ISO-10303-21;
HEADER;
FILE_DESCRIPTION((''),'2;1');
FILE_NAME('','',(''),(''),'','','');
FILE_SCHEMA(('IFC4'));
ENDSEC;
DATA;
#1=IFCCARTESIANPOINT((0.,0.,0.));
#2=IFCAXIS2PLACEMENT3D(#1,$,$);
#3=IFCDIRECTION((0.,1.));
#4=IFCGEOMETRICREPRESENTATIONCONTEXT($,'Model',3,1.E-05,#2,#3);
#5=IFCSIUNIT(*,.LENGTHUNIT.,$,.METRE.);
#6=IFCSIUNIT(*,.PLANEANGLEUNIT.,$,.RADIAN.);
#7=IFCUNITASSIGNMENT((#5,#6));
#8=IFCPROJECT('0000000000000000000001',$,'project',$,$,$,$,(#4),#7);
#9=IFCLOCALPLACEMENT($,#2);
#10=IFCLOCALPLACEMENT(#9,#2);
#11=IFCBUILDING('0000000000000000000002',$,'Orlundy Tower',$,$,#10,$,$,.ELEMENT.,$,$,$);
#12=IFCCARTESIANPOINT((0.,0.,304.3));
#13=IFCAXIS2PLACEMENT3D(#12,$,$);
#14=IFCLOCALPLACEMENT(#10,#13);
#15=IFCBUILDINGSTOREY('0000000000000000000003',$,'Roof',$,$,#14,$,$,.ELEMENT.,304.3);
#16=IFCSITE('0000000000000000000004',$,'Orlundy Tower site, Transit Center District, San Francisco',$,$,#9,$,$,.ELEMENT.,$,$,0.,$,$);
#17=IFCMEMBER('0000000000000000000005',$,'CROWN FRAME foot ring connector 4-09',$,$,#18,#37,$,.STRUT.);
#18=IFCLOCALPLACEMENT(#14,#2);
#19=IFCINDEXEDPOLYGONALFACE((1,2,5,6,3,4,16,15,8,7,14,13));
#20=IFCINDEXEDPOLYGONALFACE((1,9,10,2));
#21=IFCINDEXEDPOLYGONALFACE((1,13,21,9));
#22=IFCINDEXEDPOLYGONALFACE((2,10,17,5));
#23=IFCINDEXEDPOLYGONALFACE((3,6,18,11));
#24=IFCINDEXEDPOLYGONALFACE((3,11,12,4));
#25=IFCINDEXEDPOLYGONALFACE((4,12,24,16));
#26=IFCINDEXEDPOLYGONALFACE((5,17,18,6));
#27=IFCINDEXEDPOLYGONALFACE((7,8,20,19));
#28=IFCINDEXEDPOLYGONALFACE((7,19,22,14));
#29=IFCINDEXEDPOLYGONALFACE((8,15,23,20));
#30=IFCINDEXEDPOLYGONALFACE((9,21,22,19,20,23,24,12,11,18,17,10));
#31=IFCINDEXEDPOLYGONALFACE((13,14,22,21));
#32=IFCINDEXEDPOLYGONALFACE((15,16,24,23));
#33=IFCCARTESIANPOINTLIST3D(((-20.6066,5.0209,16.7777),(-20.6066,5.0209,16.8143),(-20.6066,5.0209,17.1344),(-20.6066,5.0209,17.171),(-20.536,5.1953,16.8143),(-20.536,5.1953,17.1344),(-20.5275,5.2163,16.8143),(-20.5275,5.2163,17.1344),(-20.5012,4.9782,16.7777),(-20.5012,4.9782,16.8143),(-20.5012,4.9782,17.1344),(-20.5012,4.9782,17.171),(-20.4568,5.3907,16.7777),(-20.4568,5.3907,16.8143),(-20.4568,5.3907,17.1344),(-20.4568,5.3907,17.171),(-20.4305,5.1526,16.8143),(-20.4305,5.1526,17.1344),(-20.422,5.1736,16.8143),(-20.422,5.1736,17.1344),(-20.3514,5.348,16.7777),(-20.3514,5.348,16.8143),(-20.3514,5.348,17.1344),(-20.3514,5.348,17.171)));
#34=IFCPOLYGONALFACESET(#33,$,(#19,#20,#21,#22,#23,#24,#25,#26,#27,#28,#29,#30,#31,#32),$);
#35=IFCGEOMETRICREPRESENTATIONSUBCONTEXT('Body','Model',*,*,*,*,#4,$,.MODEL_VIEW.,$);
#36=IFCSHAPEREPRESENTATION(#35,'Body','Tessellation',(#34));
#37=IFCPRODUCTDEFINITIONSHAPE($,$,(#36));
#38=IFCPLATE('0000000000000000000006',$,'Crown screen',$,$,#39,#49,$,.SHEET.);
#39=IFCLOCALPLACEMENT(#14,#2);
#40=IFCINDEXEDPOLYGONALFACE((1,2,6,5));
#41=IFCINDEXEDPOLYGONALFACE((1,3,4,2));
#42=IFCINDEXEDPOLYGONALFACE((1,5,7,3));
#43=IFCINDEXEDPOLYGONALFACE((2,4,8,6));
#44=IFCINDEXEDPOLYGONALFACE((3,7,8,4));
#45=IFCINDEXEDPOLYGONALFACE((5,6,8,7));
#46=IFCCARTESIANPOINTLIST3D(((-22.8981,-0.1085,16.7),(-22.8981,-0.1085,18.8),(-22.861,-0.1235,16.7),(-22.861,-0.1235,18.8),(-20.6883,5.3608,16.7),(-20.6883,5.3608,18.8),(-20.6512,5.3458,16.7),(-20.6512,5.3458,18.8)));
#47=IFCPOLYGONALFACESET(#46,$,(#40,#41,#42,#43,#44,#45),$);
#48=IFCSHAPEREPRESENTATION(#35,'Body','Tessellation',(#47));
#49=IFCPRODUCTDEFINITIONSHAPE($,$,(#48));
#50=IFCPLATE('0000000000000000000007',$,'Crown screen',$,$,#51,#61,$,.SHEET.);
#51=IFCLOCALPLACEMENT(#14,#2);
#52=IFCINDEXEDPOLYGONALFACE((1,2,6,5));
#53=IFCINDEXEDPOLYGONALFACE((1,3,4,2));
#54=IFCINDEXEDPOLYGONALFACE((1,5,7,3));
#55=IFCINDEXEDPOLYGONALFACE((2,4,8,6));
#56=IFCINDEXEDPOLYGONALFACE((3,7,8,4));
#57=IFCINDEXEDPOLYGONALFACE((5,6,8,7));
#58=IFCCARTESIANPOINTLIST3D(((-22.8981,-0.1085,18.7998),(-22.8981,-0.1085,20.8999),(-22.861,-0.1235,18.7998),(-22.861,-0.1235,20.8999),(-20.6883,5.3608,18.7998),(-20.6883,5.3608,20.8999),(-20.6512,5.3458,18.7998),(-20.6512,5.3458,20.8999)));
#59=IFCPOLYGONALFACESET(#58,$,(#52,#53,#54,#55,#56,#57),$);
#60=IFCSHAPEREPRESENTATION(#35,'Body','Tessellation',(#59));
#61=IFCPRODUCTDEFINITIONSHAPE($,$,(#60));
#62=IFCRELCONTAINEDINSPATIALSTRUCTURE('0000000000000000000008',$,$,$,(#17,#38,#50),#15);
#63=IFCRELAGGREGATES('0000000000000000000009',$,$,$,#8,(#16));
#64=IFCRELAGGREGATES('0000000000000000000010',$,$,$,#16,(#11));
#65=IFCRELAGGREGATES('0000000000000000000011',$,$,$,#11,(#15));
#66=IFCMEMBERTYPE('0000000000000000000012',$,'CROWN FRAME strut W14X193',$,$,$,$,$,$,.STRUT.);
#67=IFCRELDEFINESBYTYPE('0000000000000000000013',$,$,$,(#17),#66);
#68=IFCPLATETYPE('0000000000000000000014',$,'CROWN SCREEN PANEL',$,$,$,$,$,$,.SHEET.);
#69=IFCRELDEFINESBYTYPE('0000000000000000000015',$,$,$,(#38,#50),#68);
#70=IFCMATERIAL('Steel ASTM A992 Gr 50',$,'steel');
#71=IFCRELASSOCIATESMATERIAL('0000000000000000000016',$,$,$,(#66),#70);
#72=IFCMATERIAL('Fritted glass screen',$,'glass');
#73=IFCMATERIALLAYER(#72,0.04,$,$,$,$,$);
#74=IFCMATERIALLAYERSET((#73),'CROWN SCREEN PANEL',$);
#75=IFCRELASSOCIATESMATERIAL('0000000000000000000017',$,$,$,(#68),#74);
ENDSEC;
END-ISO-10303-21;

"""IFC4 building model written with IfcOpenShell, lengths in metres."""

from ifc_helpers import new_model, si_unit, direction, frame, origin, origin_2d, place, context, subcontext, project, spatial, rectangle, i_section, extrude, material, layer, layer_set, material_profile, profile_set, type_object, element, save


model = new_model("IFC4")

# Units and contexts
model_context = context("Model", 3, precision=1e-05, world=origin(), true_north=direction((0.0, 1.0)))
body_context = subcontext(model_context, "Body", "Model", "MODEL_VIEW")
ifc_project = project(units=[si_unit("LENGTHUNIT", "METRE"), si_unit("PLANEANGLEUNIT", "RADIAN")], contexts=[model_context])

# Site, building, storey
site_placement = place(None, origin())
site = spatial("IfcSite", under=ifc_project, at=site_placement, Name="Orlundy Tower site, Transit Center District, San Francisco", CompositionType="ELEMENT", RefElevation=0.0)
building_placement = place(site_placement, origin())
building = spatial("IfcBuilding", under=site, at=building_placement, Name="Orlundy Tower", CompositionType="ELEMENT")
storey_placement = place(building_placement, frame((0.0, 0.0, 304.3)))
storey = spatial("IfcBuildingStorey", under=building, at=storey_placement, Name="Roof", CompositionType="ELEMENT", Elevation=304.3)

# Member
ifc_material_1 = material(Name="Steel ASTM A992 Gr 50", Category="steel")
ifc_material_profile_1 = material_profile(ifc_material_1, i_section(OverallWidth=0.3989, OverallDepth=0.3933, WebThickness=0.0227, FlangeThickness=0.0366, at=origin_2d()), Name="W14X193")
ifc_profile_set_1 = profile_set([ifc_material_profile_1], Name="Steel ASTM A992 Gr 50")
member_type_1 = type_object("IfcMemberType", Name="CROWN FRAME strut W14X193", PredefinedType="STRUT", material=ifc_profile_set_1)
member_1_placement = place(storey_placement, frame((-20.4263, 5.1631, 16.9744), z_axis=(-0.92684, 0.375456, 0.0), x_axis=(-0.375456, -0.92684, 0.0)))
element("IfcMember", 1, at=member_1_placement, inside=storey, type_object=member_type_1, Name="CROWN FRAME foot ring connector 4-09", PredefinedType="STRUT", context=body_context, shape_type="SweptSolid", body=[
    extrude(i_section(OverallWidth=0.3989, OverallDepth=0.3933, WebThickness=0.0227, FlangeThickness=0.0366, at=origin_2d()), origin(), (0.0, 0.0, 1.0), 0.1138),
])

# Plates
ifc_material_2 = material(Name="Fritted glass screen", Category="glass")
ifc_layer = layer(ifc_material_2, 0.04)
ifc_layer_set = layer_set([ifc_layer], Name="CROWN SCREEN PANEL")
plate_type = type_object("IfcPlateType", Name="CROWN SCREEN PANEL", PredefinedType="SHEET", material=ifc_layer_set)
for number, where, z_axis, x_axis, name in (
    (2, (-21.7747, 2.6187, 16.7), (0.0, 0.0, 1.0), (-0.374612, -0.927182, 0.0), "Crown screen"),
    (3, (-21.7747, 2.6187, 18.7998), (0.0, 0.0, 1.0), (-0.374612, -0.927182, 0.0), "Crown screen"),
):
    element("IfcPlate", number, at=place(storey_placement, frame(where, z_axis=z_axis, x_axis=x_axis)), inside=storey, type_object=plate_type, Name=name, PredefinedType="SHEET", context=body_context, shape_type="SweptSolid", body=[
        extrude(rectangle(XDim=5.8989, YDim=0.04, at=origin_2d()), origin(), (0.0, 0.0, 1.0), 2.1001),
    ])

save(model, "model.ifc")
